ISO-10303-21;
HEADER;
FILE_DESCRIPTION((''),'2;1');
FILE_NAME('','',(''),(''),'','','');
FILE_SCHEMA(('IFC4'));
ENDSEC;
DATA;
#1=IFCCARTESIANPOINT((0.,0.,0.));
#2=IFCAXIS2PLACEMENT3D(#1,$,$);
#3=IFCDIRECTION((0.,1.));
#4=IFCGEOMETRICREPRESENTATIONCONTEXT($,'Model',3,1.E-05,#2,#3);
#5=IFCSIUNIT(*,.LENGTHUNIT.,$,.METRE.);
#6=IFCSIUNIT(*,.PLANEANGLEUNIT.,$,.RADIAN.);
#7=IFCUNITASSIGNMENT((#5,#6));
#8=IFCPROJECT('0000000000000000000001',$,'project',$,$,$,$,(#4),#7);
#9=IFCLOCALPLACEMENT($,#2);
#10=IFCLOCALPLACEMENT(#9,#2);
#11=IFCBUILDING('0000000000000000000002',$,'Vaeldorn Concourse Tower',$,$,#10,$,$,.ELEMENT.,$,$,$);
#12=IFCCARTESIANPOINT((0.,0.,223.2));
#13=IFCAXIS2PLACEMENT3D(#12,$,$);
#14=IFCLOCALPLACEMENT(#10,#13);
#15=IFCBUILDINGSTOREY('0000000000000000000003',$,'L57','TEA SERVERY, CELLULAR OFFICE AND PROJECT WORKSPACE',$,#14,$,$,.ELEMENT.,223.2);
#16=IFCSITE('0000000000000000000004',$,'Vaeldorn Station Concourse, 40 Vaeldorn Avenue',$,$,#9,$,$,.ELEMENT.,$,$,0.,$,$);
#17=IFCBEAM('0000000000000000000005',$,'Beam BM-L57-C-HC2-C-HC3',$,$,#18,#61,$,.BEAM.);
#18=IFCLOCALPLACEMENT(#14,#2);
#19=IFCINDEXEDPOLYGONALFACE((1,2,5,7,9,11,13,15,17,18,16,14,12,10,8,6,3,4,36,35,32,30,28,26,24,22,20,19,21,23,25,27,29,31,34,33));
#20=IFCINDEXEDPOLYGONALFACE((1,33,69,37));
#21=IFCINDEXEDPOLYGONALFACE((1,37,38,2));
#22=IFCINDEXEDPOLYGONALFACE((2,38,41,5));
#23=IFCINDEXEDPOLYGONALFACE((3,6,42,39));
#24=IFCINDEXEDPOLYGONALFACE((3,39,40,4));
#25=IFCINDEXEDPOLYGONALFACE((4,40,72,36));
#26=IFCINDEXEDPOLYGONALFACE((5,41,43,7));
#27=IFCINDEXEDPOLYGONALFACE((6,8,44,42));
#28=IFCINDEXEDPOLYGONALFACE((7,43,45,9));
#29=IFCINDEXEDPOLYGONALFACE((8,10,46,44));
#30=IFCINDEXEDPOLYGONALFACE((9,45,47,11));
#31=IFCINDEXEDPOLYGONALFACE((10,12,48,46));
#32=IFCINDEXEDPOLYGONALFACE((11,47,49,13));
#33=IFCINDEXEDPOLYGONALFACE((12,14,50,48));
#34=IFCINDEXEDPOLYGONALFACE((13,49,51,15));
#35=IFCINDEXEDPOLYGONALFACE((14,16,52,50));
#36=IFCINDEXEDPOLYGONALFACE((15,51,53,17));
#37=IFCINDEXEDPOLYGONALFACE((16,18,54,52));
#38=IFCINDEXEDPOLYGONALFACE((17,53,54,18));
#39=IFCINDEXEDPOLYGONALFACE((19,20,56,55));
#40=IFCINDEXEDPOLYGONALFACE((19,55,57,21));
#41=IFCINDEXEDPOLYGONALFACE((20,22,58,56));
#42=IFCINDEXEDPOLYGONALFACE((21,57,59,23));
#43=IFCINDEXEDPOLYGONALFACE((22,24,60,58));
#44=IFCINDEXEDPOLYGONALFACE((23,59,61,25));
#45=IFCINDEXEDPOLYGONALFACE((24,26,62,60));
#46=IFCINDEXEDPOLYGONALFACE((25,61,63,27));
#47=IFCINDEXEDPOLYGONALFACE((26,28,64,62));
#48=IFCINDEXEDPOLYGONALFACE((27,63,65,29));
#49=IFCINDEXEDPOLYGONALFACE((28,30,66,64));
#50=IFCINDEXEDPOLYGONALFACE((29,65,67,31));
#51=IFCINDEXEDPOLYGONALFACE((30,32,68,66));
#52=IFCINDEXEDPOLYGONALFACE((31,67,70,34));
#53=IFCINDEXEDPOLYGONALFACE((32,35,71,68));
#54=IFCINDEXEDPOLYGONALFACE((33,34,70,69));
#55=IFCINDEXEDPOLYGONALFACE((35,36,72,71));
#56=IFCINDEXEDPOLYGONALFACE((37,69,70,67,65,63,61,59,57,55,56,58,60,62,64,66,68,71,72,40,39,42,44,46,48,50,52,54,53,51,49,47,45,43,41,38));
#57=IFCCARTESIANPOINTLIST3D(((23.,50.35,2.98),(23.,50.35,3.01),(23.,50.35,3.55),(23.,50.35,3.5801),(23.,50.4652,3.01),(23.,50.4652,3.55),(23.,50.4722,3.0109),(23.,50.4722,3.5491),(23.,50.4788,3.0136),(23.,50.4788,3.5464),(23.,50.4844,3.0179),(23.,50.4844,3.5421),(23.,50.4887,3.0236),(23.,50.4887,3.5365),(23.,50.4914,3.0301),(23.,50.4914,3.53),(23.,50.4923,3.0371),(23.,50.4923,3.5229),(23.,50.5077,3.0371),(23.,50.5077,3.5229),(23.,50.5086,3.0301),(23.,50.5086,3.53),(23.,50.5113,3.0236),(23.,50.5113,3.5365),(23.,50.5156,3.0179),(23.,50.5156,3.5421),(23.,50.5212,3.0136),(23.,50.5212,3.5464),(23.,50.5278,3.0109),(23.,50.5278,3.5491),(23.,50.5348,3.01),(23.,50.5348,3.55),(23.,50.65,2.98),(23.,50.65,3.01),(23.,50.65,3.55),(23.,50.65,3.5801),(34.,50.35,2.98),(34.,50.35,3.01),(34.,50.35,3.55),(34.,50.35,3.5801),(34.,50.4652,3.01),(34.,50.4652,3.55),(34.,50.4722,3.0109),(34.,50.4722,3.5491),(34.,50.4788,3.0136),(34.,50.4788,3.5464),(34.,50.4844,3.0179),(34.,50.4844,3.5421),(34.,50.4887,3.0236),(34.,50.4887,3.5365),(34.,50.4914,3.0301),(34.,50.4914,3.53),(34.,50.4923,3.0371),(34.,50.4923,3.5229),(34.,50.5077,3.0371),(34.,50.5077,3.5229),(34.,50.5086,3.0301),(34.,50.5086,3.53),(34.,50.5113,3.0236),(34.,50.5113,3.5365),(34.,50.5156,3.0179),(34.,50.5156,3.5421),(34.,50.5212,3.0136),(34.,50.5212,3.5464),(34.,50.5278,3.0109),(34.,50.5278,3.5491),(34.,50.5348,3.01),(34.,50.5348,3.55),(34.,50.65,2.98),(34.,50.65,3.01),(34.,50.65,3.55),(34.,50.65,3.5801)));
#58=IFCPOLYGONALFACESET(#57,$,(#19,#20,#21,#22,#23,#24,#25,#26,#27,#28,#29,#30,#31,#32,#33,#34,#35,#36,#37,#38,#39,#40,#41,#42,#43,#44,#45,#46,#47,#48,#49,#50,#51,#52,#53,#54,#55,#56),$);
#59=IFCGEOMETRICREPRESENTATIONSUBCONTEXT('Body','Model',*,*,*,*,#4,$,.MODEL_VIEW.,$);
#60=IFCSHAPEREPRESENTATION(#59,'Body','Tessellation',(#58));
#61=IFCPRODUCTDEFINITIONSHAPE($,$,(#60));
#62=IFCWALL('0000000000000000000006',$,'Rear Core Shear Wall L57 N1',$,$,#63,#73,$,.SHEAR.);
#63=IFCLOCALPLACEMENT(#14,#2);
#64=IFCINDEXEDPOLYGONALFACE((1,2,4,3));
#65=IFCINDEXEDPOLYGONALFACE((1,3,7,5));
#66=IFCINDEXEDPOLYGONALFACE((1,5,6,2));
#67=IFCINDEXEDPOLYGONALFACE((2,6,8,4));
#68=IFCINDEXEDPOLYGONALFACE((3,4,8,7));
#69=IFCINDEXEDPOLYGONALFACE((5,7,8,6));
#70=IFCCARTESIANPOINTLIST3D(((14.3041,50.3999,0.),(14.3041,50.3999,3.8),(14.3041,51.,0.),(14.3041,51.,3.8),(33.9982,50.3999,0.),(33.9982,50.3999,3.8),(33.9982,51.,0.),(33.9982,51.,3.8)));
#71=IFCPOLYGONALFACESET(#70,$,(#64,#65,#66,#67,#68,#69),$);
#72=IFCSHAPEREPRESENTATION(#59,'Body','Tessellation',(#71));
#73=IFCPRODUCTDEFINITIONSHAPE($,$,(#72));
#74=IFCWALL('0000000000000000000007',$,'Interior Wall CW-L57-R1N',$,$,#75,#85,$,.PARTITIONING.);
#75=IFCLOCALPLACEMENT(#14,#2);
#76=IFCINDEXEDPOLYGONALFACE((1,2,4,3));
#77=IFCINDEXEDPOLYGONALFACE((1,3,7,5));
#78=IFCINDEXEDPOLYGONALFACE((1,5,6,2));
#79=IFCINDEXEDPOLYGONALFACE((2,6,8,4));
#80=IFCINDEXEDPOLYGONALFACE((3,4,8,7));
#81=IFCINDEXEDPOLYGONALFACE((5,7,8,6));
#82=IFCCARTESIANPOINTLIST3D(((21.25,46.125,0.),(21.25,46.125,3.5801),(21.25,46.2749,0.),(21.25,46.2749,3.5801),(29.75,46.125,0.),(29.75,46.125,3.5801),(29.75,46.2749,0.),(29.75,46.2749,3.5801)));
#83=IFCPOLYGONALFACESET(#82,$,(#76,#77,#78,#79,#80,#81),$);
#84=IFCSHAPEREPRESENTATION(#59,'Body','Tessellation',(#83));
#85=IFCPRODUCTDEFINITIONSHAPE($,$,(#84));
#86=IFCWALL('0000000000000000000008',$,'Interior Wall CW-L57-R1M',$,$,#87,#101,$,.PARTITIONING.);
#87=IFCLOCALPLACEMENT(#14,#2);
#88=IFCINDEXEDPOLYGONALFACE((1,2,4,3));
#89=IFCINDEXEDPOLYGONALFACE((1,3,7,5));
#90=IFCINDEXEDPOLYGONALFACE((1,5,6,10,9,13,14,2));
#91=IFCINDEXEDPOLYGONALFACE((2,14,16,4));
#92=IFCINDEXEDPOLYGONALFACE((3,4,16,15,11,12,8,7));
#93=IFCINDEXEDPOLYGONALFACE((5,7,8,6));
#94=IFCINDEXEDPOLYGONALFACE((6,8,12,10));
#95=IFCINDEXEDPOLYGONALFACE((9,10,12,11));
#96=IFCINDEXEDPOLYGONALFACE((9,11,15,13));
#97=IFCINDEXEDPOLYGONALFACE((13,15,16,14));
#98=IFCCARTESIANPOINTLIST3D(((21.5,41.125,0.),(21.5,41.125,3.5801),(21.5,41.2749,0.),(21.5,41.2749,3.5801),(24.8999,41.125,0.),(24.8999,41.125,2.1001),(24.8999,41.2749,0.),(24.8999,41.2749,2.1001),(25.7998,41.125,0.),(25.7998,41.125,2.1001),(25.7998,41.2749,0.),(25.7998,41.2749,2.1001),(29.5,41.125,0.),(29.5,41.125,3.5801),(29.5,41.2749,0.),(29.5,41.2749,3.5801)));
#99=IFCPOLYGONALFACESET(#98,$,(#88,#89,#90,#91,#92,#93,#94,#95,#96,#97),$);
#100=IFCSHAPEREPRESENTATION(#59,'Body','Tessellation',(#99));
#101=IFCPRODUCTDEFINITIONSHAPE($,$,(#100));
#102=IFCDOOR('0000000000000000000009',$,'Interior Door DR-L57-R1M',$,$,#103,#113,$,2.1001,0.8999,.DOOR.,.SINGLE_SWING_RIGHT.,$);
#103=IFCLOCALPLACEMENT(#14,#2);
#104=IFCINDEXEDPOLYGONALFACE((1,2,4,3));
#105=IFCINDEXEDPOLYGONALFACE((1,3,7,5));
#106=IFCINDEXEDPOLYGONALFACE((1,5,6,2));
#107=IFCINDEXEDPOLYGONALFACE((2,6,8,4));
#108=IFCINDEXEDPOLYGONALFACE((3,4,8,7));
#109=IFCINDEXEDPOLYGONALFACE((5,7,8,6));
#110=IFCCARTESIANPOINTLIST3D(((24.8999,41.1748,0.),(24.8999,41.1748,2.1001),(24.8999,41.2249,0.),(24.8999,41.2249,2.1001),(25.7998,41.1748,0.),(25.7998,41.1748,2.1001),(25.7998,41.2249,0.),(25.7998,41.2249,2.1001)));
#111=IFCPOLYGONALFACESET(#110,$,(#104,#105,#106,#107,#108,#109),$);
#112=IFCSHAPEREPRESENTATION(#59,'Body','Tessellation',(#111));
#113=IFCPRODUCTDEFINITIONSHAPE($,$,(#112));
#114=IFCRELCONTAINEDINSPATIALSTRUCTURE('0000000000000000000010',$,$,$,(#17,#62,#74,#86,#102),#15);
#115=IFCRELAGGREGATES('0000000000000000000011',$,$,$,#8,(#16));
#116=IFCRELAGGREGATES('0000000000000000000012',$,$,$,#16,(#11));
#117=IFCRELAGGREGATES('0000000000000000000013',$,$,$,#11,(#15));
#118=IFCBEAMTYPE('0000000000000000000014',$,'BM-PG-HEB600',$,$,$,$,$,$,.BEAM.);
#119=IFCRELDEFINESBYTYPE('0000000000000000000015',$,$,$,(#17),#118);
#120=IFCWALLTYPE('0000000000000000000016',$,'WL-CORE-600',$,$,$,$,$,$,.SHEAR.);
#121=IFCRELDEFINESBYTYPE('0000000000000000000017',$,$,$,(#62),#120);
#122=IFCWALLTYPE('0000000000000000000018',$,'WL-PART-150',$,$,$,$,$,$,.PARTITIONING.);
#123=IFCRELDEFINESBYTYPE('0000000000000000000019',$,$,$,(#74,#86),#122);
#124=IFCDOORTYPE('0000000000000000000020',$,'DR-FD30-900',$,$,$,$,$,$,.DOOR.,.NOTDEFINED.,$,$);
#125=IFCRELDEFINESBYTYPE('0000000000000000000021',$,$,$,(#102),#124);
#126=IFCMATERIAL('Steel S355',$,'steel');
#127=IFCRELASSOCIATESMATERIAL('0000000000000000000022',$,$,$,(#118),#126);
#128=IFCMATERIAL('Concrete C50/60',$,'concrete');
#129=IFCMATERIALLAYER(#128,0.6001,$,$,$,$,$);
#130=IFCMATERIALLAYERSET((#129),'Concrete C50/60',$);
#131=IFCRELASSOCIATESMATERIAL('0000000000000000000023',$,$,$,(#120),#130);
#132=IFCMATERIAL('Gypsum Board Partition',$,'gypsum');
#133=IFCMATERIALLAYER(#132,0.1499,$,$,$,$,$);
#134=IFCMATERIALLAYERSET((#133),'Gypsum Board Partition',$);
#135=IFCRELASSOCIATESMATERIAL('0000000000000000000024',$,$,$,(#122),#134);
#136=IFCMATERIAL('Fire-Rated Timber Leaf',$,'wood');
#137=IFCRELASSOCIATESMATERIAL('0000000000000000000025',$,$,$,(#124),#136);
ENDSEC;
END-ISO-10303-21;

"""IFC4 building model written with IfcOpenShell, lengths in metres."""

from ifc_helpers import new_model, si_unit, direction, frame, frame_2d, origin, origin_2d, place, context, subcontext, project, spatial, rectangle, i_section, extrude, source, transform, mapped, material, layer, layer_set, material_profile, profile_set, type_object, element, fill, save


model = new_model("IFC4")

# Units and contexts
model_context = context("Model", 3, precision=1e-05, world=origin(), true_north=direction((0.0, 1.0)))
body_context = subcontext(model_context, "Body", "Model", "MODEL_VIEW")
ifc_project = project(units=[si_unit("LENGTHUNIT", "METRE"), si_unit("PLANEANGLEUNIT", "RADIAN")], contexts=[model_context])

# Site, building, storey
site_placement = place(None, origin())
site = spatial("IfcSite", under=ifc_project, at=site_placement, Name="Vaeldorn Station Concourse, 40 Vaeldorn Avenue", CompositionType="ELEMENT", RefElevation=0.0)
building_placement = place(site_placement, origin())
building = spatial("IfcBuilding", under=site, at=building_placement, Name="Vaeldorn Concourse Tower", CompositionType="ELEMENT")
storey_placement = place(building_placement, frame((0.0, 0.0, 223.2)))
storey = spatial("IfcBuildingStorey", under=building, at=storey_placement, Name="L57", Description="TEA SERVERY, CELLULAR OFFICE AND PROJECT WORKSPACE", CompositionType="ELEMENT", Elevation=223.2)

# Beam
ifc_material_1 = material(Name="Steel S355", Category="steel")
ifc_material_profile_1 = material_profile(ifc_material_1, i_section(OverallWidth=0.3, OverallDepth=0.6001, WebThickness=0.0154, FlangeThickness=0.03, FilletRadius=0.0271, at=origin_2d()), Name="HEB 600")
ifc_profile_set_1 = profile_set([ifc_material_profile_1], Name="Steel S355")
beam_type_1 = type_object("IfcBeamType", Name="BM-PG-HEB600", PredefinedType="BEAM", material=ifc_profile_set_1)
shared_shape_1 = source(origin(), body_context, "Body", "SweptSolid", [
    extrude(i_section(OverallWidth=0.3, OverallDepth=0.6001, WebThickness=0.0154, FlangeThickness=0.03, FilletRadius=0.0271, at=origin_2d()), origin(), (0.0, 0.0, 1.0), 11.0),
])
beam_1_placement = place(storey_placement, frame((23.0, 50.5, 3.28), z_axis=(1.0, 0.0, 0.0), x_axis=(0.0, 1.0, 0.0)))
element("IfcBeam", 1, at=beam_1_placement, inside=storey, type_object=beam_type_1, Name="Beam BM-L57-C-HC2-C-HC3", PredefinedType="BEAM", context=body_context, shape_type="MappedRepresentation", body=[
    mapped(shared_shape_1, transform((0.0, 0.0, 0.0), scale=1.0)),
])

# Walls
ifc_material_2 = material(Name="Concrete C50/60", Category="concrete")
ifc_layer_1 = layer(ifc_material_2, 0.6001)
ifc_layer_set_1 = layer_set([ifc_layer_1], Name="Concrete C50/60")
wall_type_1 = type_object("IfcWallType", Name="WL-CORE-600", PredefinedType="SHEAR", material=ifc_layer_set_1)
wall_1_placement = place(storey_placement, frame((14.304, 50.7, 0.0), z_axis=(0.0, 0.0, 1.0), x_axis=(1.0, 0.0, 0.0)))
element("IfcWall", 2, at=wall_1_placement, inside=storey, type_object=wall_type_1, Name="Rear Core Shear Wall L57 N1", PredefinedType="SHEAR", context=body_context, shape_type="SweptSolid", body=[
    extrude(rectangle(XDim=19.6941, YDim=0.6001, at=frame_2d((9.8472, 0.0))), origin(), (0.0, 0.0, 1.0), 3.8),
])
ifc_material_3 = material(Name="Gypsum Board Partition", Category="gypsum")
ifc_layer_2 = layer(ifc_material_3, 0.1499)
ifc_layer_set_2 = layer_set([ifc_layer_2], Name="Gypsum Board Partition")
wall_type_2 = type_object("IfcWallType", Name="WL-PART-150", PredefinedType="PARTITIONING", material=ifc_layer_set_2)
wall_2_placement = place(storey_placement, frame((21.25, 46.2, 0.0), z_axis=(0.0, 0.0, 1.0), x_axis=(1.0, 0.0, 0.0)))
element("IfcWall", 3, at=wall_2_placement, inside=storey, type_object=wall_type_2, Name="Interior Wall CW-L57-R1N", PredefinedType="PARTITIONING", context=body_context, shape_type="SweptSolid", body=[
    extrude(rectangle(XDim=8.5, YDim=0.1499, at=frame_2d((4.25, 0.0))), origin(), (0.0, 0.0, 1.0), 3.5801),
])

# Wall, opening, door
wall_3_placement = place(storey_placement, frame((21.5, 41.2, 0.0), z_axis=(0.0, 0.0, 1.0), x_axis=(1.0, 0.0, 0.0)))
wall_3 = element("IfcWall", 4, at=wall_3_placement, inside=storey, type_object=wall_type_2, Name="Interior Wall CW-L57-R1M", PredefinedType="PARTITIONING", context=body_context, shape_type="SweptSolid", body=[
    extrude(rectangle(XDim=8.0, YDim=0.1499, at=frame_2d((4.0, 0.0))), origin(), (0.0, 0.0, 1.0), 3.5801),
])
opening_1_placement = place(wall_3_placement, frame((3.3999, 0.0, 0.0)))
opening_1 = element("IfcOpeningElement", 5, at=opening_1_placement, cuts=wall_3, PredefinedType="OPENING", context=body_context, shape_type="SweptSolid", body=[
    extrude(rectangle(XDim=0.8999, YDim=2.1001, at=frame_2d((0.45, 1.05))), frame((0.0, 0.085, 0.0), z_axis=(0.0, -1.0, 0.0), x_axis=(1.0, 0.0, 0.0)), (0.0, 0.0, 1.0), 0.1699),
])
ifc_material_4 = material(Name="Fire-Rated Timber Leaf", Category="wood")
door_type_1 = type_object("IfcDoorType", Name="DR-FD30-900", OperationType="NOTDEFINED", PredefinedType="DOOR", material=ifc_material_4)
shared_shape_2 = source(origin(), body_context, "Body", "SweptSolid", [
    extrude(rectangle(XDim=0.8999, YDim=2.1001, at=frame_2d((0.45, 1.05))), frame((0.0, 0.0249, 0.0), z_axis=(0.0, -1.0, 0.0), x_axis=(1.0, 0.0, 0.0)), (0.0, 0.0, 1.0), 0.05),
])
door_1_placement = place(opening_1_placement, origin())
door_1 = element("IfcDoor", 6, at=door_1_placement, inside=storey, type_object=door_type_1, Name="Interior Door DR-L57-R1M", OperationType="SINGLE_SWING_RIGHT", OverallHeight=2.1001, OverallWidth=0.8999, PredefinedType="DOOR", context=body_context, shape_type="MappedRepresentation", body=[
    mapped(shared_shape_2, transform((0.0, 0.0, 0.0), scale=1.0)),
])
fill(opening_1, door_1)

save(model, "model.ifc")
